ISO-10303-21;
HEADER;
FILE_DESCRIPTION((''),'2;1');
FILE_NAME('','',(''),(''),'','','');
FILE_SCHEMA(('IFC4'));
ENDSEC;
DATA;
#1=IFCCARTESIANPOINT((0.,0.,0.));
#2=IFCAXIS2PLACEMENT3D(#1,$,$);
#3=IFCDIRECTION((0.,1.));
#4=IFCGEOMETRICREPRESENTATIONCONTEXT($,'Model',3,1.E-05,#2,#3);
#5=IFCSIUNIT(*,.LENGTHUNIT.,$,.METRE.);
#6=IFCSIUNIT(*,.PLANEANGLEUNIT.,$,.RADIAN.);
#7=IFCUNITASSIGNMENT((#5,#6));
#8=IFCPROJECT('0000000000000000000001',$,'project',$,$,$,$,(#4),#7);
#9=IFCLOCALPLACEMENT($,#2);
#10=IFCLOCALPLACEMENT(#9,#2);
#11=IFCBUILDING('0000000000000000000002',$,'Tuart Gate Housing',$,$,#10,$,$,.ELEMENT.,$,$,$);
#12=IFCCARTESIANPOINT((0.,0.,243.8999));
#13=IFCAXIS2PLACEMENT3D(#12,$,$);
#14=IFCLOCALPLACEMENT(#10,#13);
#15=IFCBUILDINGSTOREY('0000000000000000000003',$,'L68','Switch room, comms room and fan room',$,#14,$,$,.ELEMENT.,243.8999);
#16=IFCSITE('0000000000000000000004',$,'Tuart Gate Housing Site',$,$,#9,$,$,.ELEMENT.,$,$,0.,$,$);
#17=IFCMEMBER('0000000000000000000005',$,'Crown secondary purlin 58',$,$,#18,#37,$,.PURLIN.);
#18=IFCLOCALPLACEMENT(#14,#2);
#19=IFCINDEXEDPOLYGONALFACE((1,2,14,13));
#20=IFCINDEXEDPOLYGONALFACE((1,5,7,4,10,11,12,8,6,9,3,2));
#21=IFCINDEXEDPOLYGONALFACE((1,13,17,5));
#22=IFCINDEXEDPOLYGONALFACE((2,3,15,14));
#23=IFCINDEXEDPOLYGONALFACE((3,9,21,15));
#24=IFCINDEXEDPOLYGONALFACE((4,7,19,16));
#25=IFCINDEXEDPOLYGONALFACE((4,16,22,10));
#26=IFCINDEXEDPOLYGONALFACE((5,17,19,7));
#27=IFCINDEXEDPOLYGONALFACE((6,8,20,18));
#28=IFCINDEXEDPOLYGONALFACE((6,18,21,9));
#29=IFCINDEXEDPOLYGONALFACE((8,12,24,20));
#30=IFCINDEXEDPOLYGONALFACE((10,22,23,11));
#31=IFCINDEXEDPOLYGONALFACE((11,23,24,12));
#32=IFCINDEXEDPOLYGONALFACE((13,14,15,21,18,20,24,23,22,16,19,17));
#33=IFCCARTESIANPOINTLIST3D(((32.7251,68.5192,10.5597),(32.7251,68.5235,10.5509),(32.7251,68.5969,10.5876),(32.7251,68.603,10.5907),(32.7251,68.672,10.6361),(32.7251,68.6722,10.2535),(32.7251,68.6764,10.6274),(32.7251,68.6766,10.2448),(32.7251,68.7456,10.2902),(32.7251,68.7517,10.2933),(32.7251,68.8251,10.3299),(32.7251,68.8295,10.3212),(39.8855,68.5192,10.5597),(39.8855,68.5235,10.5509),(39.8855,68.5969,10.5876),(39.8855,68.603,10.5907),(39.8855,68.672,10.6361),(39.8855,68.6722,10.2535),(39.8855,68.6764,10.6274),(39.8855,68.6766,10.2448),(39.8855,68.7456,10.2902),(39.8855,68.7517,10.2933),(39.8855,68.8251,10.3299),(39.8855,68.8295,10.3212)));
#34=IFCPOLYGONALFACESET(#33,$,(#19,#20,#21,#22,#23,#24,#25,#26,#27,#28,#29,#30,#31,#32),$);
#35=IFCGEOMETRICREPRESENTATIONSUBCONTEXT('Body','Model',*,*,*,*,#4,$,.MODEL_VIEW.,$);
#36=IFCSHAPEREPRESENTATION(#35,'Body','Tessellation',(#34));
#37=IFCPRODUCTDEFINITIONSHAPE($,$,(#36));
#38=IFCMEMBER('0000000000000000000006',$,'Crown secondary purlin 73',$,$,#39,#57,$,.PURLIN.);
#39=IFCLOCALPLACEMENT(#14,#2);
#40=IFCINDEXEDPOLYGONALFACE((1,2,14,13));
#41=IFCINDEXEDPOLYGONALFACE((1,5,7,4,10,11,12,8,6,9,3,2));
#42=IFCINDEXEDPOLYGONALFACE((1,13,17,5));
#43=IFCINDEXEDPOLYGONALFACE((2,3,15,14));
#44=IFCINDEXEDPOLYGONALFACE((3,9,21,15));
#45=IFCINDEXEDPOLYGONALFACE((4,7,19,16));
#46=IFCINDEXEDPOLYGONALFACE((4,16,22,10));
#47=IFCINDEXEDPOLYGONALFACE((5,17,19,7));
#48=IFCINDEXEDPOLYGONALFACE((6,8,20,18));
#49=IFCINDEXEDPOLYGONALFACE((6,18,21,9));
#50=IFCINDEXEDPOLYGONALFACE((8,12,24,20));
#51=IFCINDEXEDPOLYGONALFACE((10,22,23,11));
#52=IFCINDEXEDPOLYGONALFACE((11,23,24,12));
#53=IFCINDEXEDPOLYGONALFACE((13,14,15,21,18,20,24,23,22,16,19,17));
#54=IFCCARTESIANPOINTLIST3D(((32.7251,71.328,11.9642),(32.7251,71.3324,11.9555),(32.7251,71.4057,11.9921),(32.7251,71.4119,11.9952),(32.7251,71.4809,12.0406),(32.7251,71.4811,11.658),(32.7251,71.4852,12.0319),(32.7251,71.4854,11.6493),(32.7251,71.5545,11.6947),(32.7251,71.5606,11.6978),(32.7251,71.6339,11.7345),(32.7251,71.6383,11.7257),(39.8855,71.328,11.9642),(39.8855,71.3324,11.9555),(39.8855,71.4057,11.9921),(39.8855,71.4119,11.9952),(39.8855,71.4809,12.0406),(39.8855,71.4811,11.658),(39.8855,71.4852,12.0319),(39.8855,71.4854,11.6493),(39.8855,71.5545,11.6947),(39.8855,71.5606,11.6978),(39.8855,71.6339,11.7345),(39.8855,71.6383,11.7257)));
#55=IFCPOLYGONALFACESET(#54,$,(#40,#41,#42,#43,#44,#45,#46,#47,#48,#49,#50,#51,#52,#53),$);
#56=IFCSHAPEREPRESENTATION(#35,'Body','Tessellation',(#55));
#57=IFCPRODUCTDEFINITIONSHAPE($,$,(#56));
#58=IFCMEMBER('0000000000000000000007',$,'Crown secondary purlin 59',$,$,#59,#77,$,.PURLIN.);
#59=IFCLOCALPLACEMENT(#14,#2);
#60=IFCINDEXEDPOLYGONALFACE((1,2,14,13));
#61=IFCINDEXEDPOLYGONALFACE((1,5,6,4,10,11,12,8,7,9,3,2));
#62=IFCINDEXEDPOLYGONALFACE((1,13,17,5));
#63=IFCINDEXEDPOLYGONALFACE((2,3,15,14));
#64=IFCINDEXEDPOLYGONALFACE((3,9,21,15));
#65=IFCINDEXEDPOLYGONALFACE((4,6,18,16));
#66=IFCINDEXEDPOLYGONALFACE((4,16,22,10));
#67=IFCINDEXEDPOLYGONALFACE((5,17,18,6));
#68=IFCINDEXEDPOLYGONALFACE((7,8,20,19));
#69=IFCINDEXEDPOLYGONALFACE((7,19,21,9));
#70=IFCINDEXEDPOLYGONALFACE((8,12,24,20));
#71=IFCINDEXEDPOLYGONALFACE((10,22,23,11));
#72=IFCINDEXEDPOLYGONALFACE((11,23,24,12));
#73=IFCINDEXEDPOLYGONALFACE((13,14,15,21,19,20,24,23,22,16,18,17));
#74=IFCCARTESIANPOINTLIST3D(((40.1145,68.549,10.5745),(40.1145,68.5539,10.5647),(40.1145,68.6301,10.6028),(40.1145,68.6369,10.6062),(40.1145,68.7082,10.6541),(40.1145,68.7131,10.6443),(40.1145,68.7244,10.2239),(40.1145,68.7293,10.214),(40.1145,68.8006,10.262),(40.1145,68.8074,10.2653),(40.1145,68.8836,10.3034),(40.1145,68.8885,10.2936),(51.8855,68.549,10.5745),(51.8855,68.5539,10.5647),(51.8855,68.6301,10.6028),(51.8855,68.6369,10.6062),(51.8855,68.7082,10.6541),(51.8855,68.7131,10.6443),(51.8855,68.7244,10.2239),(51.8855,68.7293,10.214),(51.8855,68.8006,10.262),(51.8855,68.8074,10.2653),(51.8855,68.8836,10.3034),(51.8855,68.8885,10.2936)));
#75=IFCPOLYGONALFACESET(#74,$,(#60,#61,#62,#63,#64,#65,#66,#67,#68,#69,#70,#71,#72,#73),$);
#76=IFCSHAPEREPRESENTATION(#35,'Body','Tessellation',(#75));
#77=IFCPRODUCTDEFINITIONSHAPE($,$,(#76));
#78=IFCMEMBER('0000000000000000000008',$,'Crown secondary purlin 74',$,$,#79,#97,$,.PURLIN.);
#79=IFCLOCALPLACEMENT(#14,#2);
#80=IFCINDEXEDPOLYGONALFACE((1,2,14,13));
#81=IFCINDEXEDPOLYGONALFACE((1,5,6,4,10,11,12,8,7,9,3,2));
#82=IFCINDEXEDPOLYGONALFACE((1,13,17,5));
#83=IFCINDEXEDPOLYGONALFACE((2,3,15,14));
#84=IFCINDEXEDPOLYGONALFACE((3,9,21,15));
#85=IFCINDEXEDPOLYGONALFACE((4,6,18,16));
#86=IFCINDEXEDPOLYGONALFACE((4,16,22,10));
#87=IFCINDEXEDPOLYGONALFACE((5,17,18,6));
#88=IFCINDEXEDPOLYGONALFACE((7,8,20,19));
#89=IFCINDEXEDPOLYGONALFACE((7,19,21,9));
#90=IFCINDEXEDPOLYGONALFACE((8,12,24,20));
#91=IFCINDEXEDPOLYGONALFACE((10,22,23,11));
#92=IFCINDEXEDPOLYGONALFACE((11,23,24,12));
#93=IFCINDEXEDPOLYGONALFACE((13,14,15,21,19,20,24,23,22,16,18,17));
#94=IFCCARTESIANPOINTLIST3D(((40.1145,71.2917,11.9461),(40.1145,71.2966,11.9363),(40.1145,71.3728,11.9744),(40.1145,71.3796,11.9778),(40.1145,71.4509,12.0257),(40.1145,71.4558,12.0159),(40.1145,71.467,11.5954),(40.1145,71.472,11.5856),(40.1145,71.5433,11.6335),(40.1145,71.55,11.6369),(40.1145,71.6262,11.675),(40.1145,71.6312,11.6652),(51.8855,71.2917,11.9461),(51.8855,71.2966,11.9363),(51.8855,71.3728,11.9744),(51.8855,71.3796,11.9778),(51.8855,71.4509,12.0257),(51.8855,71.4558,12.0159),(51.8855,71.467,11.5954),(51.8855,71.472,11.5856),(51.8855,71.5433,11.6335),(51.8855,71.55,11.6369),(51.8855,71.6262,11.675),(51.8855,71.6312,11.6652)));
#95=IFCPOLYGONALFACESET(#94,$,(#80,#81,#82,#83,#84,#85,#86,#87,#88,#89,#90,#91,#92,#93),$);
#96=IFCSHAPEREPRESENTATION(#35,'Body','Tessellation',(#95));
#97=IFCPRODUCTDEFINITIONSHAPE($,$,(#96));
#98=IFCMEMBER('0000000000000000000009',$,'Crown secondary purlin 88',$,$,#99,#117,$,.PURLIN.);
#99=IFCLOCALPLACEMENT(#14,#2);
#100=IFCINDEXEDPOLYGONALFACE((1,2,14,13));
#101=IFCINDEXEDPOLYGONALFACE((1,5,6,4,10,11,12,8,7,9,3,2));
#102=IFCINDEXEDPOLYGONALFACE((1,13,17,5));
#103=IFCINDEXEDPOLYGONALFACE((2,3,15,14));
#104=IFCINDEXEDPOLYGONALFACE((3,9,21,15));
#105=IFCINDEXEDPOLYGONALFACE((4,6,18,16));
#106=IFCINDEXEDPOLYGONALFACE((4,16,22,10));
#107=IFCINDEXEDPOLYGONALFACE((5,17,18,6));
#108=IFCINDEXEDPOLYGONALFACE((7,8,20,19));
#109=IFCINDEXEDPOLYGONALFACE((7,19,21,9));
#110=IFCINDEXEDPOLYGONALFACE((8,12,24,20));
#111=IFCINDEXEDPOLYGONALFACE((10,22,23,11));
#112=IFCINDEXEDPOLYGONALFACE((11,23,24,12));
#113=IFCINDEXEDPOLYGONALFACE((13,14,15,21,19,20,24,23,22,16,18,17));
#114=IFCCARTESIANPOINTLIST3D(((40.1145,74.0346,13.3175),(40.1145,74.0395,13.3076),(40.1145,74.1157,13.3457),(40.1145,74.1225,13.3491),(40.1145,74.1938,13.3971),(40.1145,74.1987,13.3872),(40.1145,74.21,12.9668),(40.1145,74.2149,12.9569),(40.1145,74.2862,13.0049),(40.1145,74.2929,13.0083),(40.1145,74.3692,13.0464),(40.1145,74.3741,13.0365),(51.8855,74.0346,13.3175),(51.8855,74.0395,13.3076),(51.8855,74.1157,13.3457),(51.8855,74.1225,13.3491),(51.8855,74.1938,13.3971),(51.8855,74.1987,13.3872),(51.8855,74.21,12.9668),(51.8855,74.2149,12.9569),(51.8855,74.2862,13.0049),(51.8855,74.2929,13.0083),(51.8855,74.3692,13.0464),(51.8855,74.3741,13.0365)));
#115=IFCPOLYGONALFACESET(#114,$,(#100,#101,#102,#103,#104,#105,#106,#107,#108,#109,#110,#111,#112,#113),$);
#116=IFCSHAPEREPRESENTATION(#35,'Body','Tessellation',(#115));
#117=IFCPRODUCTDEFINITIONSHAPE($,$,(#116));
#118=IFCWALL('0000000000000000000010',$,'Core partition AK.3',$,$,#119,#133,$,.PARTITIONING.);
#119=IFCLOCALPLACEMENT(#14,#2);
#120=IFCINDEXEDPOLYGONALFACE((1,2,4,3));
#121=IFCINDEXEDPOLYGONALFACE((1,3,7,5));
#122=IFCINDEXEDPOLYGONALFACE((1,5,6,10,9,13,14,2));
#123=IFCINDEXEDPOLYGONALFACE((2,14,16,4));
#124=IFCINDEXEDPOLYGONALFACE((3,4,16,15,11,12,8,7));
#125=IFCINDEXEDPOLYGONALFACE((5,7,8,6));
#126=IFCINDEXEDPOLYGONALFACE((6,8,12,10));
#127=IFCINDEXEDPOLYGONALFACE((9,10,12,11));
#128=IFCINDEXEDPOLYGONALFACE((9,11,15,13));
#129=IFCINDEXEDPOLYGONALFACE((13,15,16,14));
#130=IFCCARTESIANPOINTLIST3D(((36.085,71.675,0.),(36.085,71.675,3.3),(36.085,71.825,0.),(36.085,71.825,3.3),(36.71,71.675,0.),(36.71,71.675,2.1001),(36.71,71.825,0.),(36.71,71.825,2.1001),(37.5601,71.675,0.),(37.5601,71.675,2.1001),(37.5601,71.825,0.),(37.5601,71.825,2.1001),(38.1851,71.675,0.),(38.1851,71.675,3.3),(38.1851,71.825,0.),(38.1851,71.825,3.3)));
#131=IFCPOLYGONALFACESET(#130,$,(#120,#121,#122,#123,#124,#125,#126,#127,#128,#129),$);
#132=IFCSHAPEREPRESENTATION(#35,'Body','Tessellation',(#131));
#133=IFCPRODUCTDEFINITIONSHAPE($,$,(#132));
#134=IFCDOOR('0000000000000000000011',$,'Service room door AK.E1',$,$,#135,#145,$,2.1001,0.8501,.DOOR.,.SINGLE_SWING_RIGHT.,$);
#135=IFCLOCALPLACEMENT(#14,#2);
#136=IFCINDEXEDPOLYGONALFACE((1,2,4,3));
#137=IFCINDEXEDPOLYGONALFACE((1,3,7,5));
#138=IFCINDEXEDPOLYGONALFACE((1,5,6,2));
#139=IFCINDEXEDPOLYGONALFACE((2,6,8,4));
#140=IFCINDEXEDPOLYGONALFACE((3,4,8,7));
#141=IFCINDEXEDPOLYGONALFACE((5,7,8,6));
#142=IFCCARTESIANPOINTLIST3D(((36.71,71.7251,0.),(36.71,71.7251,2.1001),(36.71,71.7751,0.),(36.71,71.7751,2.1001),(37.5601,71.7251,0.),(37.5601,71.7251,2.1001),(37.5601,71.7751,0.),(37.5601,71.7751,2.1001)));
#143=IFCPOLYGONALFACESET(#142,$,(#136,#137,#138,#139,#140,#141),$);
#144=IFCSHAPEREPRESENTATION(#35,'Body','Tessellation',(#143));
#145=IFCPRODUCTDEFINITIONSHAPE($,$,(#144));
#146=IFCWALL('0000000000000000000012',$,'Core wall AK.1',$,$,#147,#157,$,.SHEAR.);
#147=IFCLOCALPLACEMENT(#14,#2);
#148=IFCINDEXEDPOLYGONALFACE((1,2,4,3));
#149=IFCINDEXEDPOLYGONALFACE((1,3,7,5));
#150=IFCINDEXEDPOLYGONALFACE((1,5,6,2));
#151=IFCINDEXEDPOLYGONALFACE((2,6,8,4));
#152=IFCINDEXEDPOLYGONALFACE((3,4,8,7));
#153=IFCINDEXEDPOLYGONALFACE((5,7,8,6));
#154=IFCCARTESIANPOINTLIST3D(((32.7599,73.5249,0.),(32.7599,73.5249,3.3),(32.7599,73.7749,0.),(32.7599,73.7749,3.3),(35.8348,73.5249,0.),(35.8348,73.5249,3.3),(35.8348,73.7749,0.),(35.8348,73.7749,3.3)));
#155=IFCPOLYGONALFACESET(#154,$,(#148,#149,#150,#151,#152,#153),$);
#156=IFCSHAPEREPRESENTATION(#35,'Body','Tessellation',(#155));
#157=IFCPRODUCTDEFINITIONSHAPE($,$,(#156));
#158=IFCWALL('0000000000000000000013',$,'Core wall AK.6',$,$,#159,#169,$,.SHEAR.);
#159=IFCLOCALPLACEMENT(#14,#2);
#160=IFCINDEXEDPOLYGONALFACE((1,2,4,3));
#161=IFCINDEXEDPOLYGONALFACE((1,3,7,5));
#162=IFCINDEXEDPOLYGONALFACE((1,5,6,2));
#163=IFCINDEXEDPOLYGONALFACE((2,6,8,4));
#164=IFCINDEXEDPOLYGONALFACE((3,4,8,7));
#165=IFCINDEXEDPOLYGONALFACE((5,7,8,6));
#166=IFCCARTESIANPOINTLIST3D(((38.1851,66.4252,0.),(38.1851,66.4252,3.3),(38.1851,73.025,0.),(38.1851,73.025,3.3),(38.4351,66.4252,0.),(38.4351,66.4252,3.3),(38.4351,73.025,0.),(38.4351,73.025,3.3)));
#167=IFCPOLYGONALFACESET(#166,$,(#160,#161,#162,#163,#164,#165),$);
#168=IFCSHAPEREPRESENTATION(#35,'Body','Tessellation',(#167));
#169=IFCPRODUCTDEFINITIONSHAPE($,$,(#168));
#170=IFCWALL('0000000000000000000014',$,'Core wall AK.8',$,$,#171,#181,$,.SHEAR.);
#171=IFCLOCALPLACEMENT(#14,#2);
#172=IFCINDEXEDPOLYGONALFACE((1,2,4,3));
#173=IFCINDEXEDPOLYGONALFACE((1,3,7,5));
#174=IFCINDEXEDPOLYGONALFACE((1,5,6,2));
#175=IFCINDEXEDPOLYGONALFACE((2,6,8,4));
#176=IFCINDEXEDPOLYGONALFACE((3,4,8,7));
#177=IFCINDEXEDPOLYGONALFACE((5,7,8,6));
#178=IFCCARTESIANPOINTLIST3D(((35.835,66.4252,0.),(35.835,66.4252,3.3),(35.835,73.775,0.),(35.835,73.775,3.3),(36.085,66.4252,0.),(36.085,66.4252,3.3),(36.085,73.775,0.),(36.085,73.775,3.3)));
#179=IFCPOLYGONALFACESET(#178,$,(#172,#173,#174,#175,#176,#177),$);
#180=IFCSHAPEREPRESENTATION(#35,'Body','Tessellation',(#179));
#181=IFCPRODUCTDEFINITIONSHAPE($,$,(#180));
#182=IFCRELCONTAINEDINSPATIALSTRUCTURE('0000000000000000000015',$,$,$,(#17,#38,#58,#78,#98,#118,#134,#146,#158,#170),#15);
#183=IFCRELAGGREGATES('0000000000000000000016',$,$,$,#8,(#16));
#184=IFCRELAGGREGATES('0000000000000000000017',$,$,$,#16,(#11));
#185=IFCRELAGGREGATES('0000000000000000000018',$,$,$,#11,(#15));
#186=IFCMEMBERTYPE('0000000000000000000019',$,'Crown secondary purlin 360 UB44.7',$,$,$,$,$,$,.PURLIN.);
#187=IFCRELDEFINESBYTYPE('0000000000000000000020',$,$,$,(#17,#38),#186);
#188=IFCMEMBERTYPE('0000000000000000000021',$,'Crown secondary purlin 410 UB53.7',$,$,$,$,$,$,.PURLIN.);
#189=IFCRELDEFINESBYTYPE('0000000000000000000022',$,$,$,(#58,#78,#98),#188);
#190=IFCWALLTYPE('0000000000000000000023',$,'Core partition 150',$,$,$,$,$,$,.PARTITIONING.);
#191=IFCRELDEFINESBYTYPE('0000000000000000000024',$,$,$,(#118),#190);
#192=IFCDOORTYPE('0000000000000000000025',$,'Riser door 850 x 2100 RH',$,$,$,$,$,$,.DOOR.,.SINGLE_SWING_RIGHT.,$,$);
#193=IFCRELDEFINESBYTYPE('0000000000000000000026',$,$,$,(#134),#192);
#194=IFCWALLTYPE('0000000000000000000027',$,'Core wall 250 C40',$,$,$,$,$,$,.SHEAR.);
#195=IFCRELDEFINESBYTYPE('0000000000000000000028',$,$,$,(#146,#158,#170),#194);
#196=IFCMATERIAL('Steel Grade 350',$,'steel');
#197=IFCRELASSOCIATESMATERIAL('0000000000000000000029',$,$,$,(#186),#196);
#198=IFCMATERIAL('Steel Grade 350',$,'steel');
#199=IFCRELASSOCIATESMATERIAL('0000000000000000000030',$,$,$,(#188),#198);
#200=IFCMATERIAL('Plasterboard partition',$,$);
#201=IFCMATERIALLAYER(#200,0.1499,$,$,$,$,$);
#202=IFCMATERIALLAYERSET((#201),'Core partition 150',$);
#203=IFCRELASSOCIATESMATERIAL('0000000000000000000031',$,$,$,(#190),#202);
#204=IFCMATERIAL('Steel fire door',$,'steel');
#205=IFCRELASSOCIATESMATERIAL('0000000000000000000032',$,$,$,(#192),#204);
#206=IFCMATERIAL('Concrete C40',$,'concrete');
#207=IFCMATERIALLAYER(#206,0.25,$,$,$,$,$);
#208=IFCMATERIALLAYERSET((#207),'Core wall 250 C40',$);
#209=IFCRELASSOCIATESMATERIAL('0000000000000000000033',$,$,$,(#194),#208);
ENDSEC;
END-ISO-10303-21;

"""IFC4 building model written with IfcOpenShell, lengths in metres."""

from ifc_helpers import new_model, si_unit, direction, frame, frame_2d, origin, origin_2d, place, context, subcontext, project, spatial, rectangle, i_section, extrude, material, layer, layer_set, material_profile, profile_set, type_object, element, fill, save


model = new_model("IFC4")

# Units and contexts
model_context = context("Model", 3, precision=1e-05, world=origin(), true_north=direction((0.0, 1.0)))
body_context = subcontext(model_context, "Body", "Model", "MODEL_VIEW")
ifc_project = project(units=[si_unit("LENGTHUNIT", "METRE"), si_unit("PLANEANGLEUNIT", "RADIAN")], contexts=[model_context])

# Site, building, storey
site_placement = place(None, origin())
site = spatial("IfcSite", under=ifc_project, at=site_placement, Name="Tuart Gate Housing Site", CompositionType="ELEMENT", RefElevation=0.0)
building_placement = place(site_placement, origin())
building = spatial("IfcBuilding", under=site, at=building_placement, Name="Tuart Gate Housing", CompositionType="ELEMENT")
storey_placement = place(building_placement, frame((0.0, 0.0, 243.8999)))
storey = spatial("IfcBuildingStorey", under=building, at=storey_placement, Name="L68", Description="Switch room, comms room and fan room", CompositionType="ELEMENT", Elevation=243.8999)

# Members
ifc_material_1 = material(Name="Steel Grade 350", Category="steel")
ifc_material_profile_1 = material_profile(ifc_material_1, i_section(OverallWidth=0.1709, OverallDepth=0.3521, WebThickness=0.0068, FlangeThickness=0.0098, at=origin_2d()), Name="360UB44.7")
ifc_profile_set_1 = profile_set([ifc_material_profile_1], Name="Steel Grade 350")
member_type_1 = type_object("IfcMemberType", Name="Crown secondary purlin 360 UB44.7", PredefinedType="PURLIN", material=ifc_profile_set_1)
for number, where, z_axis, x_axis, name in (
    (1, (32.7251, 68.6743, 10.4404), (1.0, 0.0, 0.0), (0.0, 0.894427, 0.447214), "Crown secondary purlin 58"),
    (2, (32.7251, 71.4832, 11.845), (1.0, 0.0, 0.0), (0.0, 0.894427, 0.447214), "Crown secondary purlin 73"),
):
    element("IfcMember", number, at=place(storey_placement, frame(where, z_axis=z_axis, x_axis=x_axis)), inside=storey, type_object=member_type_1, Name=name, PredefinedType="PURLIN", context=body_context, shape_type="SweptSolid", body=[
        extrude(i_section(OverallWidth=0.1709, OverallDepth=0.3521, WebThickness=0.0068, FlangeThickness=0.0098, at=origin_2d()), origin(), (0.0, 0.0, 1.0), 7.1604),
    ])
ifc_material_2 = material(Name="Steel Grade 350", Category="steel")
ifc_material_profile_2 = material_profile(ifc_material_2, i_section(OverallWidth=0.178, OverallDepth=0.4031, WebThickness=0.0076, FlangeThickness=0.011, at=origin_2d()), Name="410UB53.7")
ifc_profile_set_2 = profile_set([ifc_material_profile_2], Name="Steel Grade 350")
member_type_2 = type_object("IfcMemberType", Name="Crown secondary purlin 410 UB53.7", PredefinedType="PURLIN", material=ifc_profile_set_2)
for number, where, z_axis, x_axis, name in (
    (3, (40.1145, 68.7188, 10.4341), (1.0, 0.0, 0.0), (0.0, 0.894427, 0.447214), "Crown secondary purlin 59"),
    (4, (40.1145, 71.4614, 11.8057), (1.0, 0.0, 0.0), (0.0, 0.894427, 0.447214), "Crown secondary purlin 74"),
    (5, (40.1145, 74.2043, 13.177), (1.0, 0.0, 0.0), (0.0, 0.894427, 0.447214), "Crown secondary purlin 88"),
):
    element("IfcMember", number, at=place(storey_placement, frame(where, z_axis=z_axis, x_axis=x_axis)), inside=storey, type_object=member_type_2, Name=name, PredefinedType="PURLIN", context=body_context, shape_type="SweptSolid", body=[
        extrude(i_section(OverallWidth=0.178, OverallDepth=0.4031, WebThickness=0.0076, FlangeThickness=0.011, at=origin_2d()), origin(), (0.0, 0.0, 1.0), 11.771),
    ])

# Wall, opening, door
ifc_material_3 = material(Name="Plasterboard partition")
ifc_layer_1 = layer(ifc_material_3, 0.1499)
ifc_layer_set_1 = layer_set([ifc_layer_1], Name="Core partition 150")
wall_type_1 = type_object("IfcWallType", Name="Core partition 150", PredefinedType="PARTITIONING", material=ifc_layer_set_1)
wall_1_placement = place(storey_placement, frame((38.1851, 71.75, 0.0), z_axis=(0.0, 0.0, 1.0), x_axis=(-1.0, 0.0, 0.0)))
wall_1 = element("IfcWall", 6, at=wall_1_placement, inside=storey, type_object=wall_type_1, Name="Core partition AK.3", PredefinedType="PARTITIONING", context=body_context, shape_type="SweptSolid", body=[
    extrude(rectangle(XDim=2.1001, YDim=0.1499, at=frame_2d((1.05, 0.0))), origin(), (0.0, 0.0, 1.0), 3.3),
])
opening_placement = place(wall_1_placement, frame((0.625, 0.0, 0.0)))
opening = element("IfcOpeningElement", 7, at=opening_placement, cuts=wall_1, PredefinedType="OPENING", context=body_context, shape_type="SweptSolid", body=[
    extrude(rectangle(XDim=0.8501, YDim=2.1001, at=frame_2d((0.425, 1.05))), frame((0.0, 0.085, 0.0), z_axis=(0.0, -1.0, 0.0), x_axis=(1.0, 0.0, 0.0)), (0.0, 0.0, 1.0), 0.1699),
])
ifc_material_4 = material(Name="Steel fire door", Category="steel")
door_type = type_object("IfcDoorType", Name="Riser door 850 x 2100 RH", OperationType="SINGLE_SWING_RIGHT", PredefinedType="DOOR", material=ifc_material_4)
door_placement = place(opening_placement, frame((0.8501, 0.0, 0.0), z_axis=(0.0, 0.0, 1.0), x_axis=(-1.0, 0.0, 0.0)))
door = element("IfcDoor", 8, at=door_placement, inside=storey, type_object=door_type, Name="Service room door AK.E1", OperationType="SINGLE_SWING_RIGHT", OverallHeight=2.1001, OverallWidth=0.8501, PredefinedType="DOOR", context=body_context, shape_type="SweptSolid", body=[
    extrude(rectangle(XDim=0.8501, YDim=2.1001, at=frame_2d((0.425, 1.05))), frame((0.0, 0.0251, 0.0), z_axis=(0.0, -1.0, 0.0), x_axis=(1.0, 0.0, 0.0)), (0.0, 0.0, 1.0), 0.05),
])
fill(opening, door)

# Walls
ifc_material_5 = material(Name="Concrete C40", Category="concrete")
ifc_layer_2 = layer(ifc_material_5, 0.25)
ifc_layer_set_2 = layer_set([ifc_layer_2], Name="Core wall 250 C40")
wall_type_2 = type_object("IfcWallType", Name="Core wall 250 C40", PredefinedType="SHEAR", material=ifc_layer_set_2)
wall_2_placement = place(storey_placement, frame((35.835, 73.6499, 0.0), z_axis=(0.0, 0.0, 1.0), x_axis=(-1.0, 0.0, 0.0)))
element("IfcWall", 9, at=wall_2_placement, inside=storey, type_object=wall_type_2, Name="Core wall AK.1", PredefinedType="SHEAR", context=body_context, shape_type="SweptSolid", body=[
    extrude(rectangle(XDim=3.075, YDim=0.25, at=frame_2d((1.5376, 0.0))), origin(), (0.0, 0.0, 1.0), 3.3),
])
wall_3_placement = place(storey_placement, frame((38.3101, 73.0249, 0.0), z_axis=(0.0, 0.0, 1.0), x_axis=(0.0, -1.0, 0.0)))
element("IfcWall", 10, at=wall_3_placement, inside=storey, type_object=wall_type_2, Name="Core wall AK.6", PredefinedType="SHEAR", context=body_context, shape_type="SweptSolid", body=[
    extrude(rectangle(XDim=6.5999, YDim=0.25, at=frame_2d((3.2998, 0.0))), origin(), (0.0, 0.0, 1.0), 3.3),
])
wall_4_placement = place(storey_placement, frame((35.96, 73.7749, 0.0), z_axis=(0.0, 0.0, 1.0), x_axis=(0.0, -1.0, 0.0)))
element("IfcWall", 11, at=wall_4_placement, inside=storey, type_object=wall_type_2, Name="Core wall AK.8", PredefinedType="SHEAR", context=body_context, shape_type="SweptSolid", body=[
    extrude(rectangle(XDim=7.3499, YDim=0.25, at=frame_2d((3.6748, 0.0))), origin(), (0.0, 0.0, 1.0), 3.3),
])

save(model, "model.ifc")
